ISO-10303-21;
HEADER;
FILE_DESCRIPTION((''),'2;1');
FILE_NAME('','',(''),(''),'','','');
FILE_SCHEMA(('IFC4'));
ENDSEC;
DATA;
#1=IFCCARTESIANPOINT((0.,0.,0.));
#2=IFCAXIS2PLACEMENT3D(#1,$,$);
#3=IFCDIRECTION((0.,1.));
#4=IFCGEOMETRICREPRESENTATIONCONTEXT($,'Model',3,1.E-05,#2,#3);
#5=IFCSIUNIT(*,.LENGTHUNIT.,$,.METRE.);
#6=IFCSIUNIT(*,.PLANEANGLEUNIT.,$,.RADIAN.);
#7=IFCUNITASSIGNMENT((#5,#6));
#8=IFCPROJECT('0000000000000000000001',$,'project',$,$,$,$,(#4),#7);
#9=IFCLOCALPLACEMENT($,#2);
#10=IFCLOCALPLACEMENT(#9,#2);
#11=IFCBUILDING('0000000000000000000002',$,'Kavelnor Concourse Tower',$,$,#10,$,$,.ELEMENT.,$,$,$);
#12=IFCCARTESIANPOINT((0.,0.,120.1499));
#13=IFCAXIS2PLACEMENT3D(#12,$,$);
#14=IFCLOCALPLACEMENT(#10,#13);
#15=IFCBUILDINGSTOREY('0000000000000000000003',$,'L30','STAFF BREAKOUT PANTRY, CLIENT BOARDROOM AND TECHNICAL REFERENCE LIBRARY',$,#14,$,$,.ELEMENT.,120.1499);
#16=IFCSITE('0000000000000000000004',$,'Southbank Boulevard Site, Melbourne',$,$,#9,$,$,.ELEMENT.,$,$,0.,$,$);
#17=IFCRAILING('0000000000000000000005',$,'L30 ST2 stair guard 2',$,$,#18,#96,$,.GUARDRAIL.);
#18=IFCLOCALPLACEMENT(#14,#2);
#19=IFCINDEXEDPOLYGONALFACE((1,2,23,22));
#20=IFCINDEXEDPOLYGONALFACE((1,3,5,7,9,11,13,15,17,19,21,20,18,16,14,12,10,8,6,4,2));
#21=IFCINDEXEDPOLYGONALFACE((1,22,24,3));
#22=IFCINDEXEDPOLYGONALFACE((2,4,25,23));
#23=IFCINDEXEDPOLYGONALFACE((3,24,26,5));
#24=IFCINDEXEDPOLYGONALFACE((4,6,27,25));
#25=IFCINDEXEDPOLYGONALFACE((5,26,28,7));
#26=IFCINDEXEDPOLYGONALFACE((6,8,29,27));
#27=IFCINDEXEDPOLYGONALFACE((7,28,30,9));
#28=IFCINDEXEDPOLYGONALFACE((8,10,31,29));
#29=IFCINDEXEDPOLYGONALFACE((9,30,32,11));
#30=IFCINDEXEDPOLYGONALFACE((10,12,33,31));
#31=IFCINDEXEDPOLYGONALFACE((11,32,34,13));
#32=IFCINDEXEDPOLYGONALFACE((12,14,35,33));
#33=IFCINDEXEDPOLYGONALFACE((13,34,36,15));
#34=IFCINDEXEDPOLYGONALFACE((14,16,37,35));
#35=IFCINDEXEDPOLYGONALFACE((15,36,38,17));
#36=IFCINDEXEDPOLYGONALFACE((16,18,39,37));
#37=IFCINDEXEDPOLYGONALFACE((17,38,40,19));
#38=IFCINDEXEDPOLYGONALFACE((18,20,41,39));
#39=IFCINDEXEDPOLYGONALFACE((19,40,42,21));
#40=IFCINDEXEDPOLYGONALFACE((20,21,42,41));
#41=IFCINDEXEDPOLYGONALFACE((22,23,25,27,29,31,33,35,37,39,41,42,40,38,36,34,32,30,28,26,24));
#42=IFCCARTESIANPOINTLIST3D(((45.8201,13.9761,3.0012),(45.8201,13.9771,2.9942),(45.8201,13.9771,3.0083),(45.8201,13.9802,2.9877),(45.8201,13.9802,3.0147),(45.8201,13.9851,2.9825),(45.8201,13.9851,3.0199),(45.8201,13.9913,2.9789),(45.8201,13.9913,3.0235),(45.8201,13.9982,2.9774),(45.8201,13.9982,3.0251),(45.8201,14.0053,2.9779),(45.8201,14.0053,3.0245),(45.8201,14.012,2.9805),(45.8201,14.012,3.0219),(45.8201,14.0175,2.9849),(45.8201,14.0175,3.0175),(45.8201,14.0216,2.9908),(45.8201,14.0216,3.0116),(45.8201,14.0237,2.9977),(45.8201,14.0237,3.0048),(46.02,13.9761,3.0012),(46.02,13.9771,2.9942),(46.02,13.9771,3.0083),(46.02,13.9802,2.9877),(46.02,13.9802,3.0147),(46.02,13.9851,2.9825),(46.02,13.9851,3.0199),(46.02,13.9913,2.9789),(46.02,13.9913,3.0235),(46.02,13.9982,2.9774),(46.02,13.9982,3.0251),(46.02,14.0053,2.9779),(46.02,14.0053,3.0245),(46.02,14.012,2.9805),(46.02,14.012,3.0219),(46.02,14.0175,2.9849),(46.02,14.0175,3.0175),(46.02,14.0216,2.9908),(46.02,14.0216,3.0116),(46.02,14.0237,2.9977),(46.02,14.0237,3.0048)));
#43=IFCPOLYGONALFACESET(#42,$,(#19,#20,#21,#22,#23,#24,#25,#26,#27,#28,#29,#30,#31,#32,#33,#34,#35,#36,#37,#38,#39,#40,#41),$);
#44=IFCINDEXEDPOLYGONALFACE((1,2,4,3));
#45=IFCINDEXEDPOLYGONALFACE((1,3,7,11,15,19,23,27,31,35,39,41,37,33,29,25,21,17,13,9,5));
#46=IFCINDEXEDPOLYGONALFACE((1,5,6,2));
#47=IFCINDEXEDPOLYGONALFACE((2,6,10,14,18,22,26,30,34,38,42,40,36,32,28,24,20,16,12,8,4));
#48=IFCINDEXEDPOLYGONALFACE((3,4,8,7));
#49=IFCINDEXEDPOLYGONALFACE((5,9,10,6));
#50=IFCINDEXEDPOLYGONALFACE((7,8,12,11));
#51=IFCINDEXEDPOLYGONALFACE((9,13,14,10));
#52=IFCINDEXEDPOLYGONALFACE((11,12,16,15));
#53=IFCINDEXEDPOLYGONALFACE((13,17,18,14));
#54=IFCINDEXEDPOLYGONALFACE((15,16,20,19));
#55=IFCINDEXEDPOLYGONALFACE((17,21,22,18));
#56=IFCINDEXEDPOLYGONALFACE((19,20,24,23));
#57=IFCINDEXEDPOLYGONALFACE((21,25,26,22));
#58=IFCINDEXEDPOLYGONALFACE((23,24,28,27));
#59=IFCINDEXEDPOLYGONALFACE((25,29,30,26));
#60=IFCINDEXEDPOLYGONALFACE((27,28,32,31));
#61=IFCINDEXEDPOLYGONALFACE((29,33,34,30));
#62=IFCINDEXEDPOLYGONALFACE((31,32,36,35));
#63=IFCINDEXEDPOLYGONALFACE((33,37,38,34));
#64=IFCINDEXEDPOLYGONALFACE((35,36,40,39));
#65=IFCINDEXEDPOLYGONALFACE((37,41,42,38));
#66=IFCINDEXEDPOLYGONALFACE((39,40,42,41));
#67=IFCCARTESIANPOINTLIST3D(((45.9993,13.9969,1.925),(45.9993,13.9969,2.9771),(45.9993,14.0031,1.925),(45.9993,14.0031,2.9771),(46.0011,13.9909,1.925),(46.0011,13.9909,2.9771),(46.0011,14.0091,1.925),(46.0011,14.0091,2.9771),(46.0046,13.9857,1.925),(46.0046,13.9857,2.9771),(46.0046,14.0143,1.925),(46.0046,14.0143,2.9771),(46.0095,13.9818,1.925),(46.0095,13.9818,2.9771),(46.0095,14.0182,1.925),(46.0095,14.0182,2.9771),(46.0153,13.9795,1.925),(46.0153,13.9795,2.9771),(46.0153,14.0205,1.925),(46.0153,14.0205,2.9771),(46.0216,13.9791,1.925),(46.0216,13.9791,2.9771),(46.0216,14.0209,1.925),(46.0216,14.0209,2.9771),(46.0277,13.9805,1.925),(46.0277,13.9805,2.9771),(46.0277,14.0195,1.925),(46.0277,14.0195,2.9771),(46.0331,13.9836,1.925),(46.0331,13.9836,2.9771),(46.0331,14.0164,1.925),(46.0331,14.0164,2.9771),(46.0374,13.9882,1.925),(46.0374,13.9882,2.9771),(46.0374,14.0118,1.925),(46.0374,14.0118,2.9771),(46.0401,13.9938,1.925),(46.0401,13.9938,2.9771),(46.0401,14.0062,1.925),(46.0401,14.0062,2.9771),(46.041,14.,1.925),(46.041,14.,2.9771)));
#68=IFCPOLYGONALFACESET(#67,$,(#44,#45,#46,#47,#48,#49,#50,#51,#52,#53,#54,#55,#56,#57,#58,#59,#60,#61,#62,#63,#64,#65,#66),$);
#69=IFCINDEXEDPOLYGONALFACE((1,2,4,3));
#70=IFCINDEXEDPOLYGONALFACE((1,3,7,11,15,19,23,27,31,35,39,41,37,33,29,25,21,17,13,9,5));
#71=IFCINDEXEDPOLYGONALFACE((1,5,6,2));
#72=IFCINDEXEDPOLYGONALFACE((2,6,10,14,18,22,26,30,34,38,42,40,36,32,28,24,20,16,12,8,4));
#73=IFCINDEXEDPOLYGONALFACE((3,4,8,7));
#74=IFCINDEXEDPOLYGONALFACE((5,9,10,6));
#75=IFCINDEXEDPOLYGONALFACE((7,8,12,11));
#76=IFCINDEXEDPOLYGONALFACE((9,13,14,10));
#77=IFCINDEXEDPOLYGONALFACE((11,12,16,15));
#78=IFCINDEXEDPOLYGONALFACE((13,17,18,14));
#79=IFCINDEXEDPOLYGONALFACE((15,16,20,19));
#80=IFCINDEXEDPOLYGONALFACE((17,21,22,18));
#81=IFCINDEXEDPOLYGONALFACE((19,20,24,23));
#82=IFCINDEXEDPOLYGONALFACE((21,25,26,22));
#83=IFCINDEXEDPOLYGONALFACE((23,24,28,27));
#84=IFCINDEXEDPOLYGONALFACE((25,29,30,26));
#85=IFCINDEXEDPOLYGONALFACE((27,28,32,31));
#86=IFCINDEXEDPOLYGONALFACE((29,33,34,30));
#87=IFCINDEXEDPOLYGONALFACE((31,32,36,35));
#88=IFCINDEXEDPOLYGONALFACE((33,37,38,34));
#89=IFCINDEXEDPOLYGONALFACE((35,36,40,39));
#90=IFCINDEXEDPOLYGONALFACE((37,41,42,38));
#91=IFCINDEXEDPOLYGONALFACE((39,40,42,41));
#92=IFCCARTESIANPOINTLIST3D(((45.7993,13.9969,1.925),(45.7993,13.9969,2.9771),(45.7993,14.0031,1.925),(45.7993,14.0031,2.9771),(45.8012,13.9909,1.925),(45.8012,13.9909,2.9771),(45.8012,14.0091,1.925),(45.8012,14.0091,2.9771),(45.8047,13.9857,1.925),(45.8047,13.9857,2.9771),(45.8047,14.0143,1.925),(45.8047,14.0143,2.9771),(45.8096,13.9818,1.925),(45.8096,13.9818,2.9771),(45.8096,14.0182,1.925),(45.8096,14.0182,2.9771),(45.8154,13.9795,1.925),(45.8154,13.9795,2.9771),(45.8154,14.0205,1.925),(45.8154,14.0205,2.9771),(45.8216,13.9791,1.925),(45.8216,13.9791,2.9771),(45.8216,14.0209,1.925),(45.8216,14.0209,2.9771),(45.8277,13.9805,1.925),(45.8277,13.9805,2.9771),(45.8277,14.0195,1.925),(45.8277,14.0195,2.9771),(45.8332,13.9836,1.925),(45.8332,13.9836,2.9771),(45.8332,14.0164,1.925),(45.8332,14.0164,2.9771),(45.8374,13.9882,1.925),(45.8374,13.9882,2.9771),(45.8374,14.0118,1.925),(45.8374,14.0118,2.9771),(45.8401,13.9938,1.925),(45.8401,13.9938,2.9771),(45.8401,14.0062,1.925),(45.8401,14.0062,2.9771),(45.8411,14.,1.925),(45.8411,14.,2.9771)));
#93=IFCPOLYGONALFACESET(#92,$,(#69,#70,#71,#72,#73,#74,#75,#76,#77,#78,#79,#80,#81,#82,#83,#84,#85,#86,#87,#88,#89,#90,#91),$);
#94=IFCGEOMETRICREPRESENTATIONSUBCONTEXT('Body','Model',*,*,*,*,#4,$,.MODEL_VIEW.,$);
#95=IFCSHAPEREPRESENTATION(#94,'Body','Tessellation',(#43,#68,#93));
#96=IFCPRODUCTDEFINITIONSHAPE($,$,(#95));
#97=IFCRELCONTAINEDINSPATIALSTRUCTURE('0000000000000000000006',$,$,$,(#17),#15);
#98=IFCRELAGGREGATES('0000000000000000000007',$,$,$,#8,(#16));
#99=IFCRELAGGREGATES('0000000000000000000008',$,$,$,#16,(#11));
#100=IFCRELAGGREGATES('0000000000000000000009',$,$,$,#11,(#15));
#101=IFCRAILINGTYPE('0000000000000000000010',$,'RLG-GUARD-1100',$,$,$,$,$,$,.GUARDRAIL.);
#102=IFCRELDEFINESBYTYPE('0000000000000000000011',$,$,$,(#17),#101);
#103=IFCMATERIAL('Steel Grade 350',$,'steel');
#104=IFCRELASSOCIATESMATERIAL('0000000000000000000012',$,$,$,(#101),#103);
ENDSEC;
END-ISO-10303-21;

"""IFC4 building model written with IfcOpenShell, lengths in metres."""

from ifc_helpers import new_model, si_unit, direction, frame, origin, origin_2d, place, context, subcontext, project, spatial, circle, extrude, material, type_object, element, save


model = new_model("IFC4")

# Units and contexts
model_context = context("Model", 3, precision=1e-05, world=origin(), true_north=direction((0.0, 1.0)))
body_context = subcontext(model_context, "Body", "Model", "MODEL_VIEW")
ifc_project = project(units=[si_unit("LENGTHUNIT", "METRE"), si_unit("PLANEANGLEUNIT", "RADIAN")], contexts=[model_context])

# Site, building, storey
site_placement = place(None, origin())
site = spatial("IfcSite", under=ifc_project, at=site_placement, Name="Southbank Boulevard Site, Melbourne", CompositionType="ELEMENT", RefElevation=0.0)
building_placement = place(site_placement, origin())
building = spatial("IfcBuilding", under=site, at=building_placement, Name="Kavelnor Concourse Tower", CompositionType="ELEMENT")
storey_placement = place(building_placement, frame((0.0, 0.0, 120.1499)))
storey = spatial("IfcBuildingStorey", under=building, at=storey_placement, Name="L30", Description="STAFF BREAKOUT PANTRY, CLIENT BOARDROOM AND TECHNICAL REFERENCE LIBRARY", CompositionType="ELEMENT", Elevation=120.1499)

# Shared definitions
ifc_material_1 = material(Name="Steel Grade 350", Category="steel")

# Railing
railing_type_1 = type_object("IfcRailingType", Name="RLG-GUARD-1100", PredefinedType="GUARDRAIL", material=ifc_material_1)
railing_1_placement = place(storey_placement, frame((46.02, 14.0, 1.925)))
element("IfcRailing", 1, at=railing_1_placement, inside=storey, type_object=railing_type_1, Name="L30 ST2 stair guard 2", PredefinedType="GUARDRAIL", context=body_context, shape_type="SweptSolid", body=[
    extrude(circle(Radius=0.0239, at=origin_2d()), frame((0.0, 0.0, 1.0762), z_axis=(-1.0, 0.0, 0.0), x_axis=(0.0, -1.0, 0.0)), (0.0, 0.0, 1.0), 0.2),
    extrude(circle(Radius=0.021, at=origin_2d()), origin(), (0.0, 0.0, 1.0), 1.052),
    extrude(circle(Radius=0.021, at=origin_2d()), frame((-0.2, 0.0, 0.0)), (0.0, 0.0, 1.0), 1.052),
])

save(model, "model.ifc")
